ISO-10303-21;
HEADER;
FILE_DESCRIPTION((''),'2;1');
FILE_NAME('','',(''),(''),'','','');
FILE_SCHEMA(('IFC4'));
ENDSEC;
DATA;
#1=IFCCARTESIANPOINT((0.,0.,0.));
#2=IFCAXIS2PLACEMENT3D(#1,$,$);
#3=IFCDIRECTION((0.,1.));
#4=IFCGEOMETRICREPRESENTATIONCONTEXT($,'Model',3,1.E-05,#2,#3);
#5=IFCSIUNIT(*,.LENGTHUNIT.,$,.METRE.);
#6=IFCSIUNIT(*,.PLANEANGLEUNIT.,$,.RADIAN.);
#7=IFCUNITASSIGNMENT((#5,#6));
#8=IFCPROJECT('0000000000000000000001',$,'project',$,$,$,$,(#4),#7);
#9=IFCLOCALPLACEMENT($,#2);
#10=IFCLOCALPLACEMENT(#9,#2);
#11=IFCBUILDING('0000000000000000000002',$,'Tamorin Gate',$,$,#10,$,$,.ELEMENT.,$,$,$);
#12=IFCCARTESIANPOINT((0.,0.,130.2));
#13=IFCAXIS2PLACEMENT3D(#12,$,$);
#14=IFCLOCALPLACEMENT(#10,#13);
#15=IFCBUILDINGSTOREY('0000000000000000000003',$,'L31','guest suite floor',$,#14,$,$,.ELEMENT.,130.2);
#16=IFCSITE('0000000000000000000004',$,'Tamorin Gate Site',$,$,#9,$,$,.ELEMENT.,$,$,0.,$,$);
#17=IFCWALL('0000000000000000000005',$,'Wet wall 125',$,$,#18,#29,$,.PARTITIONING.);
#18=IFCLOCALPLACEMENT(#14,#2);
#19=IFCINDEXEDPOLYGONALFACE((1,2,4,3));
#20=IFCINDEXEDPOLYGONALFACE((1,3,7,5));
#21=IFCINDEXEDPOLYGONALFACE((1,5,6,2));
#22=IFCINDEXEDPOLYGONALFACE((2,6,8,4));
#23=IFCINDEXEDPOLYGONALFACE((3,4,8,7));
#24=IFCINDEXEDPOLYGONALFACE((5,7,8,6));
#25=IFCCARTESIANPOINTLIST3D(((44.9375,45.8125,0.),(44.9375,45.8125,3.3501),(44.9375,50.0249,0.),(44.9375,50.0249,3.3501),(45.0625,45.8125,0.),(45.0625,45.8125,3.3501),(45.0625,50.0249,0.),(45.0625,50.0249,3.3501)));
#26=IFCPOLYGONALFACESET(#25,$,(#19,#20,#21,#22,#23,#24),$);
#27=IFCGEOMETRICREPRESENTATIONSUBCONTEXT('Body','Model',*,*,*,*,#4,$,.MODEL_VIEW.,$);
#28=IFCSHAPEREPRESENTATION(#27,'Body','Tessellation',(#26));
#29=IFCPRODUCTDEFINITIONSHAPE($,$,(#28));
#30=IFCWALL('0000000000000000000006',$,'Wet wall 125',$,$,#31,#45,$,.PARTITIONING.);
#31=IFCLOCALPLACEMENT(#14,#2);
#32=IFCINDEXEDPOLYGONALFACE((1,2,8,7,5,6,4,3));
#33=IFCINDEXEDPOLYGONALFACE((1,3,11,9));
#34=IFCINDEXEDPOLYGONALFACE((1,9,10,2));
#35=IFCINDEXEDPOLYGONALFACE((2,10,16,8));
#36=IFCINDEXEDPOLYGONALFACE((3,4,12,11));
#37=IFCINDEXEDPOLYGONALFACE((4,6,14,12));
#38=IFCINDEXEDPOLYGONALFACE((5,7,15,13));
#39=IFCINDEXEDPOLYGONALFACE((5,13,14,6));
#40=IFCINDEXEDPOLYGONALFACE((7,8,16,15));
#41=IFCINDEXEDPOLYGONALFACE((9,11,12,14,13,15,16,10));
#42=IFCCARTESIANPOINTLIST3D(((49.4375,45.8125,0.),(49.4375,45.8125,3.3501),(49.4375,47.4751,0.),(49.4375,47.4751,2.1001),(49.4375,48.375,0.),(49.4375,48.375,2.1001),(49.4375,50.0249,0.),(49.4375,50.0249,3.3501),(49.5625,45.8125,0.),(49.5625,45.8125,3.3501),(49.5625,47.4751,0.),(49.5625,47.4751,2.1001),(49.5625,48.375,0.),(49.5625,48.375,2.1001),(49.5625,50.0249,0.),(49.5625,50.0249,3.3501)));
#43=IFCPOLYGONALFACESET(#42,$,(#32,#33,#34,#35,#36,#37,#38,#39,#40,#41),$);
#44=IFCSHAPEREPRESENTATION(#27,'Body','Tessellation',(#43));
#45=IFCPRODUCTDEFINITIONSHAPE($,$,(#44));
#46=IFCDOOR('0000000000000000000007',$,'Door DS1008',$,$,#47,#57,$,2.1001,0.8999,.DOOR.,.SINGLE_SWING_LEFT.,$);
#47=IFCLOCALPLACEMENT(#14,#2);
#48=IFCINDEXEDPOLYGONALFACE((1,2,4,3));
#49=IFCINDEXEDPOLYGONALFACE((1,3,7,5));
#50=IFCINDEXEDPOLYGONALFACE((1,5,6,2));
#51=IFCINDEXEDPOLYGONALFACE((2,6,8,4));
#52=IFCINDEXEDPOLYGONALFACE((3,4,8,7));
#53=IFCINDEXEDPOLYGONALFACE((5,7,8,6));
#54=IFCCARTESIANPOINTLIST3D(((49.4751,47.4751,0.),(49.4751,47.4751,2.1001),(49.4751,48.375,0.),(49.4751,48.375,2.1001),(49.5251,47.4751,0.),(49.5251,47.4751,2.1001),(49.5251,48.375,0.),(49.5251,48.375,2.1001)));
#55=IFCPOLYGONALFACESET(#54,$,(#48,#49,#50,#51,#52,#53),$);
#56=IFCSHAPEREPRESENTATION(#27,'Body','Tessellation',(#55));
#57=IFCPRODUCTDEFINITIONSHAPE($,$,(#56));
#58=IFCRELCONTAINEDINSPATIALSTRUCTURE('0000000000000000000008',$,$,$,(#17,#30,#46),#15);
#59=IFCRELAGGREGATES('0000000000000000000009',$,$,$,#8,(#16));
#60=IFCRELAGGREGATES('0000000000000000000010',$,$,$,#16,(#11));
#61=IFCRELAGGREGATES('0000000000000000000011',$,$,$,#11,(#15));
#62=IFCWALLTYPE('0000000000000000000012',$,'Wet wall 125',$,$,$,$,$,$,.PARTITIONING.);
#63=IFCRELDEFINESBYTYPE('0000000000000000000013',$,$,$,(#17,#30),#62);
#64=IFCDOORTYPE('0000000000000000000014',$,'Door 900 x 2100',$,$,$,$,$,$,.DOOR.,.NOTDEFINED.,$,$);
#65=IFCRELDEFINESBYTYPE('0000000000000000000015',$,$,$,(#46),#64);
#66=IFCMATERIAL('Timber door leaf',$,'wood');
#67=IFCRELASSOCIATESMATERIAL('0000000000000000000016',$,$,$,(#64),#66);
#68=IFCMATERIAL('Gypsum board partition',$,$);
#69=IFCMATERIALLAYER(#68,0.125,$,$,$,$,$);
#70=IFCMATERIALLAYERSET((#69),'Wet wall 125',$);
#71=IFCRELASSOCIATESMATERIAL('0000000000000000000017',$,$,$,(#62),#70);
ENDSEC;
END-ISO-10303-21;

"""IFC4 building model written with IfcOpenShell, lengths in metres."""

from ifc_helpers import new_model, si_unit, direction, frame, frame_2d, origin, place, context, subcontext, project, spatial, rectangle, extrude, material, layer, layer_set, type_object, element, fill, save


model = new_model("IFC4")

# Units and contexts
model_context = context("Model", 3, precision=1e-05, world=origin(), true_north=direction((0.0, 1.0)))
body_context = subcontext(model_context, "Body", "Model", "MODEL_VIEW")
ifc_project = project(units=[si_unit("LENGTHUNIT", "METRE"), si_unit("PLANEANGLEUNIT", "RADIAN")], contexts=[model_context])

# Site, building, storey
site_placement = place(None, origin())
site = spatial("IfcSite", under=ifc_project, at=site_placement, Name="Tamorin Gate Site", CompositionType="ELEMENT", RefElevation=0.0)
building_placement = place(site_placement, origin())
building = spatial("IfcBuilding", under=site, at=building_placement, Name="Tamorin Gate", CompositionType="ELEMENT")
storey_placement = place(building_placement, frame((0.0, 0.0, 130.2)))
storey = spatial("IfcBuildingStorey", under=building, at=storey_placement, Name="L31", Description="guest suite floor", CompositionType="ELEMENT", Elevation=130.2)

# Shared definitions
ifc_material_1 = material(Name="Gypsum board partition")

# Shared definitions
ifc_material_2 = material(Name="Timber door leaf", Category="wood")
door_type = type_object("IfcDoorType", Name="Door 900 x 2100", OperationType="NOTDEFINED", PredefinedType="DOOR", material=ifc_material_2)

# Shared definitions
ifc_layer_1 = layer(ifc_material_1, 0.125)
ifc_layer_set_1 = layer_set([ifc_layer_1], Name="Wet wall 125")
wall_type_1 = type_object("IfcWallType", Name="Wet wall 125", PredefinedType="PARTITIONING", material=ifc_layer_set_1)

# Wall
wall_1_placement = place(storey_placement, frame((45.0, 45.8125, 0.0), z_axis=(0.0, 0.0, 1.0), x_axis=(0.0, 1.0, 0.0)))
element("IfcWall", 1, at=wall_1_placement, inside=storey, type_object=wall_type_1, Name="Wet wall 125", PredefinedType="PARTITIONING", context=body_context, shape_type="SweptSolid", body=[
    extrude(rectangle(XDim=4.2124, YDim=0.125, at=frame_2d((2.1062, 0.0))), origin(), (0.0, 0.0, 1.0), 3.3501),
])

# Wall, opening, door
wall_2_placement = place(storey_placement, frame((49.5, 45.8125, 0.0), z_axis=(0.0, 0.0, 1.0), x_axis=(0.0, 1.0, 0.0)))
wall_2 = element("IfcWall", 2, at=wall_2_placement, inside=storey, type_object=wall_type_1, Name="Wet wall 125", PredefinedType="PARTITIONING", context=body_context, shape_type="SweptSolid", body=[
    extrude(rectangle(XDim=4.2124, YDim=0.125, at=frame_2d((2.1062, 0.0))), origin(), (0.0, 0.0, 1.0), 3.3501),
])
opening_1_placement = place(wall_2_placement, frame((1.6626, 0.0, 0.0)))
opening_1 = element("IfcOpeningElement", 3, at=opening_1_placement, cuts=wall_2, PredefinedType="OPENING", context=body_context, shape_type="SweptSolid", body=[
    extrude(rectangle(XDim=0.8999, YDim=2.1001, at=frame_2d((0.45, 1.05))), frame((0.0, 0.0725, 0.0), z_axis=(0.0, -1.0, 0.0), x_axis=(1.0, 0.0, 0.0)), (0.0, 0.0, 1.0), 0.145),
])
door_1_placement = place(opening_1_placement, origin())
door_1 = element("IfcDoor", 4, at=door_1_placement, inside=storey, type_object=door_type, Name="Door DS1008", OperationType="SINGLE_SWING_LEFT", OverallHeight=2.1001, OverallWidth=0.8999, PredefinedType="DOOR", context=body_context, shape_type="SweptSolid", body=[
    extrude(rectangle(XDim=0.8999, YDim=2.1001, at=frame_2d((0.45, 1.05))), frame((0.0, 0.0249, 0.0), z_axis=(0.0, -1.0, 0.0), x_axis=(1.0, 0.0, 0.0)), (0.0, 0.0, 1.0), 0.05),
])
fill(opening_1, door_1)

save(model, "model.ifc")
